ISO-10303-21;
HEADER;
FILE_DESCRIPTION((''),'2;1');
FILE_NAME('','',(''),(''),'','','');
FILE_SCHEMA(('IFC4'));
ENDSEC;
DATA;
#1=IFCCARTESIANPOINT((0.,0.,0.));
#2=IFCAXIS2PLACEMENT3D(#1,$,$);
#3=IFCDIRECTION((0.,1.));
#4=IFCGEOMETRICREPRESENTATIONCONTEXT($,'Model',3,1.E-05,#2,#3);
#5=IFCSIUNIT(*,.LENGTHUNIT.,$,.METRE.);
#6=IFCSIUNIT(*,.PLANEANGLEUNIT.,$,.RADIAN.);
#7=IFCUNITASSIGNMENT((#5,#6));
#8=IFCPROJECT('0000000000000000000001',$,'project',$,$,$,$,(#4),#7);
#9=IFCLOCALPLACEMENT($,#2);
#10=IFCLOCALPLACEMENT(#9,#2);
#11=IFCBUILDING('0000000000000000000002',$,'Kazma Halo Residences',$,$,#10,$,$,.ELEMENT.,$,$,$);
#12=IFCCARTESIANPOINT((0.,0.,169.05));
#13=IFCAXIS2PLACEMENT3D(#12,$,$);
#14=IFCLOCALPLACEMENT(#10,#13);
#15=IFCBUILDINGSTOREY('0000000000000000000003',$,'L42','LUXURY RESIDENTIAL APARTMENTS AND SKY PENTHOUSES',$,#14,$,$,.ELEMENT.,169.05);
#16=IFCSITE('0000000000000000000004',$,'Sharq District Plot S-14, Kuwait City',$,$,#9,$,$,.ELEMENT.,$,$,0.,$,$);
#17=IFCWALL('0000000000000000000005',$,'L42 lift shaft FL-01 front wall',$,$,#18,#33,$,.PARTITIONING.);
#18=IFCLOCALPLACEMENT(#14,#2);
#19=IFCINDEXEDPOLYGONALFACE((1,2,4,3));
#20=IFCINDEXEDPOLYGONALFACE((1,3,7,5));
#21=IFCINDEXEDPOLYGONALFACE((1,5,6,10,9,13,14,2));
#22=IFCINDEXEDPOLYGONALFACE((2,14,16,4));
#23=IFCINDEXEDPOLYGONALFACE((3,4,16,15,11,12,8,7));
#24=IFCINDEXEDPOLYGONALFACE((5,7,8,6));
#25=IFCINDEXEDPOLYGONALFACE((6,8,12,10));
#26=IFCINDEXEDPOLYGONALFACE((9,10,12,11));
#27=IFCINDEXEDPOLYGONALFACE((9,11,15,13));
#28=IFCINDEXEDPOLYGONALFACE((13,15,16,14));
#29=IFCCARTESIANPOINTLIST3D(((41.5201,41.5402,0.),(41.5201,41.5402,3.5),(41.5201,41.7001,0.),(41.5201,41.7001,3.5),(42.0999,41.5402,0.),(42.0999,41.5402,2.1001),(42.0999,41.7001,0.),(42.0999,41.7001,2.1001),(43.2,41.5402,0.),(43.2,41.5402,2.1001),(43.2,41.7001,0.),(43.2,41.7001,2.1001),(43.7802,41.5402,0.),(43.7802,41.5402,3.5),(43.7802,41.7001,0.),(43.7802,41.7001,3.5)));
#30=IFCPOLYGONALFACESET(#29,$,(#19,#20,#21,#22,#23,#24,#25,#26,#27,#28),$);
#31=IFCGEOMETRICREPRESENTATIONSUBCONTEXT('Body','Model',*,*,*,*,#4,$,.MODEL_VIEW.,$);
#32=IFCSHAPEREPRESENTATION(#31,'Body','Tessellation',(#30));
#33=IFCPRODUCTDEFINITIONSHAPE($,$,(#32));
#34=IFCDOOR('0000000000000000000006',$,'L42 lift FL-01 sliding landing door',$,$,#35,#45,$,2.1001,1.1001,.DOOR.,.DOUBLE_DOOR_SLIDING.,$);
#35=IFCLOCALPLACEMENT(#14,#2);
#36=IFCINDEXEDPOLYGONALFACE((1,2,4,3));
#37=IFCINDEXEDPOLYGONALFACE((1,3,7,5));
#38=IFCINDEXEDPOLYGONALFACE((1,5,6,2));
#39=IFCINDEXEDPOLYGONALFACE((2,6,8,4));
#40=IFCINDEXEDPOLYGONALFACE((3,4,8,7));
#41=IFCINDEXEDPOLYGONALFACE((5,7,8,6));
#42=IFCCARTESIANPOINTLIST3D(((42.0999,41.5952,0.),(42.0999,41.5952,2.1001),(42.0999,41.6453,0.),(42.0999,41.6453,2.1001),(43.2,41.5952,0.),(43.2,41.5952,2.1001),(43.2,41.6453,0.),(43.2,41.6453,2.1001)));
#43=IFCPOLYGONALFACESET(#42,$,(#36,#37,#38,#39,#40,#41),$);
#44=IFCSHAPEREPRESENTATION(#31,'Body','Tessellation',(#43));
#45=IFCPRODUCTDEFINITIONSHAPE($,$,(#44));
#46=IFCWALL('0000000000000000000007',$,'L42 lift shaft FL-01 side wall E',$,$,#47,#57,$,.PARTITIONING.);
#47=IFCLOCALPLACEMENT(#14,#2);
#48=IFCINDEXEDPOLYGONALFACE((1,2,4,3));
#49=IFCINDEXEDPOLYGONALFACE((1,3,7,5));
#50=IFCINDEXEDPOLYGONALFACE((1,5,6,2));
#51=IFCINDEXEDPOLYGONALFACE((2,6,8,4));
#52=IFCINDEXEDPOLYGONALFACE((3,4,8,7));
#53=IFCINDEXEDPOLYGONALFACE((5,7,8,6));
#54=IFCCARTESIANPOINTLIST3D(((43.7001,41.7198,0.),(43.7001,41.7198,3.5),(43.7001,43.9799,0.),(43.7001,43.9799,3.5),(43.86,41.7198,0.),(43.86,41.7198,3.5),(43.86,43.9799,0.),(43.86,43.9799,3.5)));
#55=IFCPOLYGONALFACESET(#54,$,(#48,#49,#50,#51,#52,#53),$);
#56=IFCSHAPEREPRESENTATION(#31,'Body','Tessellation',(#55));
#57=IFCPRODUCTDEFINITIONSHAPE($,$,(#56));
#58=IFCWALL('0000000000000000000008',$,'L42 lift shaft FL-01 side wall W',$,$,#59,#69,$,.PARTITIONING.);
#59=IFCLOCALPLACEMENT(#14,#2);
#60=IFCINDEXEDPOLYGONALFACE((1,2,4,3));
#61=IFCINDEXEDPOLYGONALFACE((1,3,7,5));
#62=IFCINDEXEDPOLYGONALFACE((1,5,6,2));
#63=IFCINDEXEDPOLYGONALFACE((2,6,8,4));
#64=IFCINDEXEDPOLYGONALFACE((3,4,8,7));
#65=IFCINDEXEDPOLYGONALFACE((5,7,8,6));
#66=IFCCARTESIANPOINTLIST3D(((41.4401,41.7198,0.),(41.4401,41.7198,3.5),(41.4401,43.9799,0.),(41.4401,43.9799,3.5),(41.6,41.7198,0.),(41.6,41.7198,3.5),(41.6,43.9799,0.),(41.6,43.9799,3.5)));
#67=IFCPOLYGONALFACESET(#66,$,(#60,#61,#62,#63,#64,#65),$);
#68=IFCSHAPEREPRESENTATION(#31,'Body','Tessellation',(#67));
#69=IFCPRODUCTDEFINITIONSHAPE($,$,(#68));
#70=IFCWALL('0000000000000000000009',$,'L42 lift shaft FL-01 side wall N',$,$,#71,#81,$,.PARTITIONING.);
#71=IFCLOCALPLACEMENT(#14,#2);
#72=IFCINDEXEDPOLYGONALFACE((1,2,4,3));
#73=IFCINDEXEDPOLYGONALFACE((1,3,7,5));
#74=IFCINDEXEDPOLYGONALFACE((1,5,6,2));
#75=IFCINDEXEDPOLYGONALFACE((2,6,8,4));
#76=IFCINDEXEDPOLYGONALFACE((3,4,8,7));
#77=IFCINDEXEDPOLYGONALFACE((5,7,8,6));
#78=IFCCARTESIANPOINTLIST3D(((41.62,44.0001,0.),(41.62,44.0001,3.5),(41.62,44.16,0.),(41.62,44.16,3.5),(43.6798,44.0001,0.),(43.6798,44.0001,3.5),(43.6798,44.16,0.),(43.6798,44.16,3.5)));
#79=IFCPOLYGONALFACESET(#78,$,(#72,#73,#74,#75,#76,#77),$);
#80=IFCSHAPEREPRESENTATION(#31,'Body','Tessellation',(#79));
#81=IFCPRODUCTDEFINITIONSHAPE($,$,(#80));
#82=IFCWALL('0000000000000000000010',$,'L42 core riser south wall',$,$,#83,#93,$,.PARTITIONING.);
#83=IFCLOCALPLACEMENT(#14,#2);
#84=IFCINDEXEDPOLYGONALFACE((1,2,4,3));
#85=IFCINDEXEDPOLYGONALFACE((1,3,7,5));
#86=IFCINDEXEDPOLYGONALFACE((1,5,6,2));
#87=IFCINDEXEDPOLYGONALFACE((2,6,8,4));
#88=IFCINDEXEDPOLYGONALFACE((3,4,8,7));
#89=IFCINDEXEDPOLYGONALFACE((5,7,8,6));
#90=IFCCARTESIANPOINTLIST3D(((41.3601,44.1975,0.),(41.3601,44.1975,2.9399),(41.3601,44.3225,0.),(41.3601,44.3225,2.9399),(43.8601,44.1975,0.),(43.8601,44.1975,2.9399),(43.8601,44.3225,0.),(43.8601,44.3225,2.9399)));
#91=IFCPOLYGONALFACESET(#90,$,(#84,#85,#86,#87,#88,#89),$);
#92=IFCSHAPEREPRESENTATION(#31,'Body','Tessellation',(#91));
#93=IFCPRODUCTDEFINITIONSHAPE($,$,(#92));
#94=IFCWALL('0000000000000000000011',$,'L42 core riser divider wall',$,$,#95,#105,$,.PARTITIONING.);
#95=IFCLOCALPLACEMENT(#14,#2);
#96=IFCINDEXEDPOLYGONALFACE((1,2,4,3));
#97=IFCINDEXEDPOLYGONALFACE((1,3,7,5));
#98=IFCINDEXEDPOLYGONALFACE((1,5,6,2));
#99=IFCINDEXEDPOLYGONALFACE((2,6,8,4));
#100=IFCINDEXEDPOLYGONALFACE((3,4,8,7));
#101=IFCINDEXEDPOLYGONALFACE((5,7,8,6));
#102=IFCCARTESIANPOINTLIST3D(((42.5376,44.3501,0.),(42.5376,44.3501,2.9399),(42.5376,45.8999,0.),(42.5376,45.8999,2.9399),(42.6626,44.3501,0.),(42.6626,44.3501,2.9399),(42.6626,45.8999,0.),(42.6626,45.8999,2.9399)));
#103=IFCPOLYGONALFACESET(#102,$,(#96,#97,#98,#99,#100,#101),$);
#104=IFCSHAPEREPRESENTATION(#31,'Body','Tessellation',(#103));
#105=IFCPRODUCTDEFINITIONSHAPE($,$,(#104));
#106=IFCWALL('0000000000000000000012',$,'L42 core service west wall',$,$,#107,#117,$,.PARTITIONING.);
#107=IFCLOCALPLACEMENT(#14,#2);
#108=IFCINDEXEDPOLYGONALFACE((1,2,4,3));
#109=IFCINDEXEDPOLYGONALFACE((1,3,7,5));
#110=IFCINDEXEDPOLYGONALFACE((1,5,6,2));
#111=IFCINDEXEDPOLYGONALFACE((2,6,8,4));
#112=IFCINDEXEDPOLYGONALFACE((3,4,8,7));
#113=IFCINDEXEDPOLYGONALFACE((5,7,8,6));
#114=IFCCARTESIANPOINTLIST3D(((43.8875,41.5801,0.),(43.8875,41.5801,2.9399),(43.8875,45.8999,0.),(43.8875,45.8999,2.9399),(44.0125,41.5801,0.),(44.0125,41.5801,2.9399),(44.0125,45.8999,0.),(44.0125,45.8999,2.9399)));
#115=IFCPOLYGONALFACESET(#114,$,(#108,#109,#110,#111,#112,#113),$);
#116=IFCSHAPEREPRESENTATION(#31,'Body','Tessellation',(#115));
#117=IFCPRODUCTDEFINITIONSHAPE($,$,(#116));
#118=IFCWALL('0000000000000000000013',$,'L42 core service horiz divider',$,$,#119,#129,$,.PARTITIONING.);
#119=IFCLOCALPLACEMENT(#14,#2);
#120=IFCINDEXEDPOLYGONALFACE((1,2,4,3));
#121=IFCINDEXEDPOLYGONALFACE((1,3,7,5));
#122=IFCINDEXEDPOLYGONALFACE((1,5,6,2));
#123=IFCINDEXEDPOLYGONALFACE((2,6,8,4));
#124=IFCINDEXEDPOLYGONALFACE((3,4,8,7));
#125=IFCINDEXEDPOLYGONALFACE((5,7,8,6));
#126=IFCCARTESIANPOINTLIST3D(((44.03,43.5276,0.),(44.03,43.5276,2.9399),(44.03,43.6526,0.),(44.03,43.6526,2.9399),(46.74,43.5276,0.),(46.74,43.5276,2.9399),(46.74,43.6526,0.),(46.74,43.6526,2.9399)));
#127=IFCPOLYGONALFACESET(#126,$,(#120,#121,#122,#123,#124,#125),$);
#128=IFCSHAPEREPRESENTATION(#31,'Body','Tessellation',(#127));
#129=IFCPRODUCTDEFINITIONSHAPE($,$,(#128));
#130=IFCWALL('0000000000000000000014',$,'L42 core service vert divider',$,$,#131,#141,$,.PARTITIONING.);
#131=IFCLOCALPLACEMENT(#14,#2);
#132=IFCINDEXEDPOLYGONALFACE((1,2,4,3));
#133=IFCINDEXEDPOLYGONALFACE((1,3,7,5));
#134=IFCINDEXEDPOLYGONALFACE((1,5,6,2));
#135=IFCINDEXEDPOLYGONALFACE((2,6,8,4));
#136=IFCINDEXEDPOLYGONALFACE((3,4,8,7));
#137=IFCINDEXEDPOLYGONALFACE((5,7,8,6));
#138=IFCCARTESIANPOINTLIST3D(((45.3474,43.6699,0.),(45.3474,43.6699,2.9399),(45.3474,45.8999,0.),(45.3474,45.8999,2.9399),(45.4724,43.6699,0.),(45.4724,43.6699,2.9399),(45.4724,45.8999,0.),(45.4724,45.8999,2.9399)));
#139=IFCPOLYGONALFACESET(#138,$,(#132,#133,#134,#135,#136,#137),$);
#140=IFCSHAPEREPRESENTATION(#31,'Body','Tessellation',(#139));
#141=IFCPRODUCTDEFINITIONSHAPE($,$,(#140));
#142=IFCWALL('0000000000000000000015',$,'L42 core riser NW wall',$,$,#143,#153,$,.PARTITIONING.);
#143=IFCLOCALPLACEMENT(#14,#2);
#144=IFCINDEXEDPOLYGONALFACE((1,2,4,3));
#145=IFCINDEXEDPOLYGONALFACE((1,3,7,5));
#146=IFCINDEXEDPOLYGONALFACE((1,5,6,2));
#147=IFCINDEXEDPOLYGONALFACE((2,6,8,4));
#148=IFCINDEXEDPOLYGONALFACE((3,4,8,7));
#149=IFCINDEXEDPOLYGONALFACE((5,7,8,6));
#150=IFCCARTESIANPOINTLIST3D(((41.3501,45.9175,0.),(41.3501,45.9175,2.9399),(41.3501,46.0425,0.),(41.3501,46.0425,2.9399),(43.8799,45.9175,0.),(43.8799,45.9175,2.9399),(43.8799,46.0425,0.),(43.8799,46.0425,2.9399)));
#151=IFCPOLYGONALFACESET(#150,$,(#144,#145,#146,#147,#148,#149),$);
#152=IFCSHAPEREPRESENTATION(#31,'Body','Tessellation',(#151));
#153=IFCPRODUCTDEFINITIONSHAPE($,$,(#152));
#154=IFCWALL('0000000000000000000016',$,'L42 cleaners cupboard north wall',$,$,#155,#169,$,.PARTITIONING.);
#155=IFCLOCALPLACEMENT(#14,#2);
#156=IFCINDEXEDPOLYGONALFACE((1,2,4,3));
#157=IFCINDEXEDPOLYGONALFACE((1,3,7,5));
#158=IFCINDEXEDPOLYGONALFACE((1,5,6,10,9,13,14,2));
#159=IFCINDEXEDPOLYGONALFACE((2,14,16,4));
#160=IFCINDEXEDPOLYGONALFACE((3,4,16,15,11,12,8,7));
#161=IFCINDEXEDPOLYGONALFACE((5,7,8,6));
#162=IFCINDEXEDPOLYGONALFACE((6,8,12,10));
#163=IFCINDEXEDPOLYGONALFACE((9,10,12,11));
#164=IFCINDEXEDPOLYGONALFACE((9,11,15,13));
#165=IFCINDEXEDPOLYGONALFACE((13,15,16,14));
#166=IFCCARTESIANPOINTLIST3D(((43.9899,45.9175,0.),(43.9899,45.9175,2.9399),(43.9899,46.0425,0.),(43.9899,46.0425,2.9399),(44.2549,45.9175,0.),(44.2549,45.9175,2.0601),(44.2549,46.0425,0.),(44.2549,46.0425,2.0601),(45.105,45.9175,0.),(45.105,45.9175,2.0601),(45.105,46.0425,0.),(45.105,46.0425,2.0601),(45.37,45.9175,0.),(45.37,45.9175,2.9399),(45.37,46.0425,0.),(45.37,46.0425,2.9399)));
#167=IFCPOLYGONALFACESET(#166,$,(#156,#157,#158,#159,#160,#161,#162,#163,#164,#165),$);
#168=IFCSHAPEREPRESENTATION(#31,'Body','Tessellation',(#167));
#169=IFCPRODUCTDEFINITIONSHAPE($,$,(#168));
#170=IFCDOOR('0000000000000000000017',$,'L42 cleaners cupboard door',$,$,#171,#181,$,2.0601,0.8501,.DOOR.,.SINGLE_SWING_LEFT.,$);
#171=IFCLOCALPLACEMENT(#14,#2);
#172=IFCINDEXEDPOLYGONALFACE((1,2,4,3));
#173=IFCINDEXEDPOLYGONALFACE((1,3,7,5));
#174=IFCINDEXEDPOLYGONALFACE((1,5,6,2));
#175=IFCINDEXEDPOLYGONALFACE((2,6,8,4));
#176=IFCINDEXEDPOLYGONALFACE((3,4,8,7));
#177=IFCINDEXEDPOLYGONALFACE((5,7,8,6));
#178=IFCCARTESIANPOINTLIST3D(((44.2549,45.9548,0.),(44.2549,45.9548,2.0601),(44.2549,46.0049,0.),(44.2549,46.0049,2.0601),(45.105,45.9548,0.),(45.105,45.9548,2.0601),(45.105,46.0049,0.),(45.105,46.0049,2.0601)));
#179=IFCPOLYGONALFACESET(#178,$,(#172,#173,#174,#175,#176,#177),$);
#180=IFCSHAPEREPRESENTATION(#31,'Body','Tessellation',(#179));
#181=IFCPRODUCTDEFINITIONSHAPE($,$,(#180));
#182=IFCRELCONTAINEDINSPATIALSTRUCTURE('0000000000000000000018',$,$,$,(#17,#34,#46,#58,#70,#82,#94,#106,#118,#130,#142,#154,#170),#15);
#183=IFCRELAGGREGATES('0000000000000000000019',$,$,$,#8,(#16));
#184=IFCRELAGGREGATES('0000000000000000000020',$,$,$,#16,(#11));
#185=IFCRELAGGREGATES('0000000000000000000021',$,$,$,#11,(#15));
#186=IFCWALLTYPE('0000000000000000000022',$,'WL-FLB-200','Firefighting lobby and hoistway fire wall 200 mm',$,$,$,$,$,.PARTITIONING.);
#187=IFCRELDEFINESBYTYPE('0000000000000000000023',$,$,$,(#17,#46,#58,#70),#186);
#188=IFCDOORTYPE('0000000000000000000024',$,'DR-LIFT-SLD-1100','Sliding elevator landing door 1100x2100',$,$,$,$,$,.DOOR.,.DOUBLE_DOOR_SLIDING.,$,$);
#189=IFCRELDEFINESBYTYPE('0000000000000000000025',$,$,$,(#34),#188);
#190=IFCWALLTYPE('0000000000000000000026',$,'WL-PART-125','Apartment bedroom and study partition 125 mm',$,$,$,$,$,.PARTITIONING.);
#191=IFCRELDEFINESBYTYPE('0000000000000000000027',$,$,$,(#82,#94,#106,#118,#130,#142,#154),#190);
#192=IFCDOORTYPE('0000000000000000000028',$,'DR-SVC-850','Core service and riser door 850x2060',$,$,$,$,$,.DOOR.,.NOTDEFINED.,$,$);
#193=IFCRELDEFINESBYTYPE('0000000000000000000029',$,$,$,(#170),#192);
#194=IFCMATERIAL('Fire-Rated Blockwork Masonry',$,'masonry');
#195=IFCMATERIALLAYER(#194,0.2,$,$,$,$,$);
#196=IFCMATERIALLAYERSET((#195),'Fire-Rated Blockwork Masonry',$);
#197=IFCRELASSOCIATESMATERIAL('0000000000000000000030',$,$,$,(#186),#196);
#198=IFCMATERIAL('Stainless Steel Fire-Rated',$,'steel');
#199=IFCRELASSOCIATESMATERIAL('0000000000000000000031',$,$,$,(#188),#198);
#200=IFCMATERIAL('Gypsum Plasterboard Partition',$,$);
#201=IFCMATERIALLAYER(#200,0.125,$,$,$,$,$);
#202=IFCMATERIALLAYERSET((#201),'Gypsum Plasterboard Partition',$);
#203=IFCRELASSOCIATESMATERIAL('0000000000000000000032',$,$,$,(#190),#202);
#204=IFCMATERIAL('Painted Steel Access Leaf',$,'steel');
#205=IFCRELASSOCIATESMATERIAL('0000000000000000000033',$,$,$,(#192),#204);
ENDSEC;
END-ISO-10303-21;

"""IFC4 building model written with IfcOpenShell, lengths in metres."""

from ifc_helpers import new_model, si_unit, direction, frame, frame_2d, origin, place, context, subcontext, project, spatial, rectangle, extrude, material, layer, layer_set, type_object, element, fill, save


model = new_model("IFC4")

# Units and contexts
model_context = context("Model", 3, precision=1e-05, world=origin(), true_north=direction((0.0, 1.0)))
body_context = subcontext(model_context, "Body", "Model", "MODEL_VIEW")
ifc_project = project(units=[si_unit("LENGTHUNIT", "METRE"), si_unit("PLANEANGLEUNIT", "RADIAN")], contexts=[model_context])

# Site, building, storey
site_placement = place(None, origin())
site = spatial("IfcSite", under=ifc_project, at=site_placement, Name="Sharq District Plot S-14, Kuwait City", CompositionType="ELEMENT", RefElevation=0.0)
building_placement = place(site_placement, origin())
building = spatial("IfcBuilding", under=site, at=building_placement, Name="Kazma Halo Residences", CompositionType="ELEMENT")
storey_placement = place(building_placement, frame((0.0, 0.0, 169.05)))
storey = spatial("IfcBuildingStorey", under=building, at=storey_placement, Name="L42", Description="LUXURY RESIDENTIAL APARTMENTS AND SKY PENTHOUSES", CompositionType="ELEMENT", Elevation=169.05)

# Wall, opening, door
ifc_material_1 = material(Name="Fire-Rated Blockwork Masonry", Category="masonry")
ifc_layer_1 = layer(ifc_material_1, 0.2)
ifc_layer_set_1 = layer_set([ifc_layer_1], Name="Fire-Rated Blockwork Masonry")
wall_type_1 = type_object("IfcWallType", Name="WL-FLB-200", Description="Firefighting lobby and hoistway fire wall 200 mm", PredefinedType="PARTITIONING", material=ifc_layer_set_1)
ifc_material_2 = material(Name="Stainless Steel Fire-Rated", Category="steel")
door_type_1 = type_object("IfcDoorType", Name="DR-LIFT-SLD-1100", Description="Sliding elevator landing door 1100x2100", OperationType="DOUBLE_DOOR_SLIDING", PredefinedType="DOOR", material=ifc_material_2)
wall_1_placement = place(storey_placement, frame((43.78, 41.6201, 0.0), z_axis=(0.0, 0.0, 1.0), x_axis=(-1.0, 0.0, 0.0)))
wall_1 = element("IfcWall", 1, at=wall_1_placement, inside=storey, type_object=wall_type_1, Name="L42 lift shaft FL-01 front wall", PredefinedType="PARTITIONING", context=body_context, shape_type="SweptSolid", body=[
    extrude(rectangle(XDim=2.26, YDim=0.1599, at=frame_2d((1.1299, 0.0))), origin(), (0.0, 0.0, 1.0), 3.5),
])
opening_1_placement = place(wall_1_placement, frame((0.5801, 0.0, 0.0)))
opening_1 = element("IfcOpeningElement", 2, at=opening_1_placement, cuts=wall_1, PredefinedType="OPENING", context=body_context, shape_type="SweptSolid", body=[
    extrude(rectangle(XDim=1.1001, YDim=2.1001, at=frame_2d((0.55, 1.05))), frame((0.0, 0.0898, 0.0), z_axis=(0.0, -1.0, 0.0), x_axis=(1.0, 0.0, 0.0)), (0.0, 0.0, 1.0), 0.1799),
])
door_1_placement = place(opening_1_placement, origin())
door_1 = element("IfcDoor", 3, at=door_1_placement, inside=storey, type_object=door_type_1, Name="L42 lift FL-01 sliding landing door", OperationType="DOUBLE_DOOR_SLIDING", OverallHeight=2.1001, OverallWidth=1.1001, PredefinedType="DOOR", context=body_context, shape_type="SweptSolid", body=[
    extrude(rectangle(XDim=1.1001, YDim=2.1001, at=frame_2d((0.55, 1.05))), frame((0.0, 0.0249, 0.0), z_axis=(0.0, -1.0, 0.0), x_axis=(1.0, 0.0, 0.0)), (0.0, 0.0, 1.0), 0.05),
])
fill(opening_1, door_1)

# Walls
for number, where, z_axis, x_axis, name in (
    (4, (43.78, 41.72, 0.0), (0.0, 0.0, 1.0), (0.0, 1.0, 0.0), "L42 lift shaft FL-01 side wall E"),
    (5, (41.52, 41.72, 0.0), (0.0, 0.0, 1.0), (0.0, 1.0, 0.0), "L42 lift shaft FL-01 side wall W"),
):
    element("IfcWall", number, at=place(storey_placement, frame(where, z_axis=z_axis, x_axis=x_axis)), inside=storey, type_object=wall_type_1, Name=name, PredefinedType="PARTITIONING", context=body_context, shape_type="SweptSolid", body=[
        extrude(rectangle(XDim=2.26, YDim=0.1599, at=frame_2d((1.1299, 0.0))), origin(), (0.0, 0.0, 1.0), 3.5),
    ])
wall_2_placement = place(storey_placement, frame((41.6201, 44.0801, 0.0), z_axis=(0.0, 0.0, 1.0), x_axis=(1.0, 0.0, 0.0)))
element("IfcWall", 6, at=wall_2_placement, inside=storey, type_object=wall_type_1, Name="L42 lift shaft FL-01 side wall N", PredefinedType="PARTITIONING", context=body_context, shape_type="SweptSolid", body=[
    extrude(rectangle(XDim=2.0598, YDim=0.1599, at=frame_2d((1.0298, 0.0))), origin(), (0.0, 0.0, 1.0), 3.5),
])
ifc_material_3 = material(Name="Gypsum Plasterboard Partition")
ifc_layer_2 = layer(ifc_material_3, 0.125)
ifc_layer_set_2 = layer_set([ifc_layer_2], Name="Gypsum Plasterboard Partition")
wall_type_2 = type_object("IfcWallType", Name="WL-PART-125", Description="Apartment bedroom and study partition 125 mm", PredefinedType="PARTITIONING", material=ifc_layer_set_2)
wall_3_placement = place(storey_placement, frame((41.3601, 44.26, 0.0), z_axis=(0.0, 0.0, 1.0), x_axis=(1.0, 0.0, 0.0)))
element("IfcWall", 7, at=wall_3_placement, inside=storey, type_object=wall_type_2, Name="L42 core riser south wall", PredefinedType="PARTITIONING", context=body_context, shape_type="SweptSolid", body=[
    extrude(rectangle(XDim=2.5, YDim=0.125, at=frame_2d((1.25, 0.0))), origin(), (0.0, 0.0, 1.0), 2.9399),
])
wall_4_placement = place(storey_placement, frame((42.6001, 44.3501, 0.0), z_axis=(0.0, 0.0, 1.0), x_axis=(0.0, 1.0, 0.0)))
element("IfcWall", 8, at=wall_4_placement, inside=storey, type_object=wall_type_2, Name="L42 core riser divider wall", PredefinedType="PARTITIONING", context=body_context, shape_type="SweptSolid", body=[
    extrude(rectangle(XDim=1.5498, YDim=0.125, at=frame_2d((0.7749, 0.0))), origin(), (0.0, 0.0, 1.0), 2.9399),
])
wall_5_placement = place(storey_placement, frame((43.95, 41.5801, 0.0), z_axis=(0.0, 0.0, 1.0), x_axis=(0.0, 1.0, 0.0)))
element("IfcWall", 9, at=wall_5_placement, inside=storey, type_object=wall_type_2, Name="L42 core service west wall", PredefinedType="PARTITIONING", context=body_context, shape_type="SweptSolid", body=[
    extrude(rectangle(XDim=4.3198, YDim=0.125, at=frame_2d((2.1599, 0.0))), origin(), (0.0, 0.0, 1.0), 2.9399),
])
wall_6_placement = place(storey_placement, frame((44.03, 43.5901, 0.0), z_axis=(0.0, 0.0, 1.0), x_axis=(1.0, 0.0, 0.0)))
element("IfcWall", 10, at=wall_6_placement, inside=storey, type_object=wall_type_2, Name="L42 core service horiz divider", PredefinedType="PARTITIONING", context=body_context, shape_type="SweptSolid", body=[
    extrude(rectangle(XDim=2.71, YDim=0.125, at=frame_2d((1.355, 0.0))), origin(), (0.0, 0.0, 1.0), 2.9399),
])
wall_7_placement = place(storey_placement, frame((45.4099, 43.6699, 0.0), z_axis=(0.0, 0.0, 1.0), x_axis=(0.0, 1.0, 0.0)))
element("IfcWall", 11, at=wall_7_placement, inside=storey, type_object=wall_type_2, Name="L42 core service vert divider", PredefinedType="PARTITIONING", context=body_context, shape_type="SweptSolid", body=[
    extrude(rectangle(XDim=2.23, YDim=0.125, at=frame_2d((1.115, 0.0))), origin(), (0.0, 0.0, 1.0), 2.9399),
])
wall_8_placement = place(storey_placement, frame((41.3501, 45.98, 0.0), z_axis=(0.0, 0.0, 1.0), x_axis=(1.0, 0.0, 0.0)))
element("IfcWall", 12, at=wall_8_placement, inside=storey, type_object=wall_type_2, Name="L42 core riser NW wall", PredefinedType="PARTITIONING", context=body_context, shape_type="SweptSolid", body=[
    extrude(rectangle(XDim=2.5298, YDim=0.125, at=frame_2d((1.2649, 0.0))), origin(), (0.0, 0.0, 1.0), 2.9399),
])

# Wall, opening, door
wall_9_placement = place(storey_placement, frame((43.99, 45.98, 0.0), z_axis=(0.0, 0.0, 1.0), x_axis=(1.0, 0.0, 0.0)))
wall_9 = element("IfcWall", 13, at=wall_9_placement, inside=storey, type_object=wall_type_2, Name="L42 cleaners cupboard north wall", PredefinedType="PARTITIONING", context=body_context, shape_type="SweptSolid", body=[
    extrude(rectangle(XDim=1.3801, YDim=0.125, at=frame_2d((0.6899, 0.0))), origin(), (0.0, 0.0, 1.0), 2.9399),
])
opening_2_placement = place(wall_9_placement, frame((0.2649, 0.0, 0.0)))
opening_2 = element("IfcOpeningElement", 14, at=opening_2_placement, cuts=wall_9, PredefinedType="OPENING", context=body_context, shape_type="SweptSolid", body=[
    extrude(rectangle(XDim=0.8501, YDim=2.0601, at=frame_2d((0.425, 1.03))), frame((0.0, 0.0725, 0.0), z_axis=(0.0, -1.0, 0.0), x_axis=(1.0, 0.0, 0.0)), (0.0, 0.0, 1.0), 0.145),
])
ifc_material_4 = material(Name="Painted Steel Access Leaf", Category="steel")
door_type_2 = type_object("IfcDoorType", Name="DR-SVC-850", Description="Core service and riser door 850x2060", OperationType="NOTDEFINED", PredefinedType="DOOR", material=ifc_material_4)
door_2_placement = place(opening_2_placement, origin())
door_2 = element("IfcDoor", 15, at=door_2_placement, inside=storey, type_object=door_type_2, Name="L42 cleaners cupboard door", OperationType="SINGLE_SWING_LEFT", OverallHeight=2.0601, OverallWidth=0.8501, PredefinedType="DOOR", context=body_context, shape_type="SweptSolid", body=[
    extrude(rectangle(XDim=0.8501, YDim=2.0601, at=frame_2d((0.425, 1.03))), frame((0.0, 0.0249, 0.0), z_axis=(0.0, -1.0, 0.0), x_axis=(1.0, 0.0, 0.0)), (0.0, 0.0, 1.0), 0.05),
])
fill(opening_2, door_2)

save(model, "model.ifc")
